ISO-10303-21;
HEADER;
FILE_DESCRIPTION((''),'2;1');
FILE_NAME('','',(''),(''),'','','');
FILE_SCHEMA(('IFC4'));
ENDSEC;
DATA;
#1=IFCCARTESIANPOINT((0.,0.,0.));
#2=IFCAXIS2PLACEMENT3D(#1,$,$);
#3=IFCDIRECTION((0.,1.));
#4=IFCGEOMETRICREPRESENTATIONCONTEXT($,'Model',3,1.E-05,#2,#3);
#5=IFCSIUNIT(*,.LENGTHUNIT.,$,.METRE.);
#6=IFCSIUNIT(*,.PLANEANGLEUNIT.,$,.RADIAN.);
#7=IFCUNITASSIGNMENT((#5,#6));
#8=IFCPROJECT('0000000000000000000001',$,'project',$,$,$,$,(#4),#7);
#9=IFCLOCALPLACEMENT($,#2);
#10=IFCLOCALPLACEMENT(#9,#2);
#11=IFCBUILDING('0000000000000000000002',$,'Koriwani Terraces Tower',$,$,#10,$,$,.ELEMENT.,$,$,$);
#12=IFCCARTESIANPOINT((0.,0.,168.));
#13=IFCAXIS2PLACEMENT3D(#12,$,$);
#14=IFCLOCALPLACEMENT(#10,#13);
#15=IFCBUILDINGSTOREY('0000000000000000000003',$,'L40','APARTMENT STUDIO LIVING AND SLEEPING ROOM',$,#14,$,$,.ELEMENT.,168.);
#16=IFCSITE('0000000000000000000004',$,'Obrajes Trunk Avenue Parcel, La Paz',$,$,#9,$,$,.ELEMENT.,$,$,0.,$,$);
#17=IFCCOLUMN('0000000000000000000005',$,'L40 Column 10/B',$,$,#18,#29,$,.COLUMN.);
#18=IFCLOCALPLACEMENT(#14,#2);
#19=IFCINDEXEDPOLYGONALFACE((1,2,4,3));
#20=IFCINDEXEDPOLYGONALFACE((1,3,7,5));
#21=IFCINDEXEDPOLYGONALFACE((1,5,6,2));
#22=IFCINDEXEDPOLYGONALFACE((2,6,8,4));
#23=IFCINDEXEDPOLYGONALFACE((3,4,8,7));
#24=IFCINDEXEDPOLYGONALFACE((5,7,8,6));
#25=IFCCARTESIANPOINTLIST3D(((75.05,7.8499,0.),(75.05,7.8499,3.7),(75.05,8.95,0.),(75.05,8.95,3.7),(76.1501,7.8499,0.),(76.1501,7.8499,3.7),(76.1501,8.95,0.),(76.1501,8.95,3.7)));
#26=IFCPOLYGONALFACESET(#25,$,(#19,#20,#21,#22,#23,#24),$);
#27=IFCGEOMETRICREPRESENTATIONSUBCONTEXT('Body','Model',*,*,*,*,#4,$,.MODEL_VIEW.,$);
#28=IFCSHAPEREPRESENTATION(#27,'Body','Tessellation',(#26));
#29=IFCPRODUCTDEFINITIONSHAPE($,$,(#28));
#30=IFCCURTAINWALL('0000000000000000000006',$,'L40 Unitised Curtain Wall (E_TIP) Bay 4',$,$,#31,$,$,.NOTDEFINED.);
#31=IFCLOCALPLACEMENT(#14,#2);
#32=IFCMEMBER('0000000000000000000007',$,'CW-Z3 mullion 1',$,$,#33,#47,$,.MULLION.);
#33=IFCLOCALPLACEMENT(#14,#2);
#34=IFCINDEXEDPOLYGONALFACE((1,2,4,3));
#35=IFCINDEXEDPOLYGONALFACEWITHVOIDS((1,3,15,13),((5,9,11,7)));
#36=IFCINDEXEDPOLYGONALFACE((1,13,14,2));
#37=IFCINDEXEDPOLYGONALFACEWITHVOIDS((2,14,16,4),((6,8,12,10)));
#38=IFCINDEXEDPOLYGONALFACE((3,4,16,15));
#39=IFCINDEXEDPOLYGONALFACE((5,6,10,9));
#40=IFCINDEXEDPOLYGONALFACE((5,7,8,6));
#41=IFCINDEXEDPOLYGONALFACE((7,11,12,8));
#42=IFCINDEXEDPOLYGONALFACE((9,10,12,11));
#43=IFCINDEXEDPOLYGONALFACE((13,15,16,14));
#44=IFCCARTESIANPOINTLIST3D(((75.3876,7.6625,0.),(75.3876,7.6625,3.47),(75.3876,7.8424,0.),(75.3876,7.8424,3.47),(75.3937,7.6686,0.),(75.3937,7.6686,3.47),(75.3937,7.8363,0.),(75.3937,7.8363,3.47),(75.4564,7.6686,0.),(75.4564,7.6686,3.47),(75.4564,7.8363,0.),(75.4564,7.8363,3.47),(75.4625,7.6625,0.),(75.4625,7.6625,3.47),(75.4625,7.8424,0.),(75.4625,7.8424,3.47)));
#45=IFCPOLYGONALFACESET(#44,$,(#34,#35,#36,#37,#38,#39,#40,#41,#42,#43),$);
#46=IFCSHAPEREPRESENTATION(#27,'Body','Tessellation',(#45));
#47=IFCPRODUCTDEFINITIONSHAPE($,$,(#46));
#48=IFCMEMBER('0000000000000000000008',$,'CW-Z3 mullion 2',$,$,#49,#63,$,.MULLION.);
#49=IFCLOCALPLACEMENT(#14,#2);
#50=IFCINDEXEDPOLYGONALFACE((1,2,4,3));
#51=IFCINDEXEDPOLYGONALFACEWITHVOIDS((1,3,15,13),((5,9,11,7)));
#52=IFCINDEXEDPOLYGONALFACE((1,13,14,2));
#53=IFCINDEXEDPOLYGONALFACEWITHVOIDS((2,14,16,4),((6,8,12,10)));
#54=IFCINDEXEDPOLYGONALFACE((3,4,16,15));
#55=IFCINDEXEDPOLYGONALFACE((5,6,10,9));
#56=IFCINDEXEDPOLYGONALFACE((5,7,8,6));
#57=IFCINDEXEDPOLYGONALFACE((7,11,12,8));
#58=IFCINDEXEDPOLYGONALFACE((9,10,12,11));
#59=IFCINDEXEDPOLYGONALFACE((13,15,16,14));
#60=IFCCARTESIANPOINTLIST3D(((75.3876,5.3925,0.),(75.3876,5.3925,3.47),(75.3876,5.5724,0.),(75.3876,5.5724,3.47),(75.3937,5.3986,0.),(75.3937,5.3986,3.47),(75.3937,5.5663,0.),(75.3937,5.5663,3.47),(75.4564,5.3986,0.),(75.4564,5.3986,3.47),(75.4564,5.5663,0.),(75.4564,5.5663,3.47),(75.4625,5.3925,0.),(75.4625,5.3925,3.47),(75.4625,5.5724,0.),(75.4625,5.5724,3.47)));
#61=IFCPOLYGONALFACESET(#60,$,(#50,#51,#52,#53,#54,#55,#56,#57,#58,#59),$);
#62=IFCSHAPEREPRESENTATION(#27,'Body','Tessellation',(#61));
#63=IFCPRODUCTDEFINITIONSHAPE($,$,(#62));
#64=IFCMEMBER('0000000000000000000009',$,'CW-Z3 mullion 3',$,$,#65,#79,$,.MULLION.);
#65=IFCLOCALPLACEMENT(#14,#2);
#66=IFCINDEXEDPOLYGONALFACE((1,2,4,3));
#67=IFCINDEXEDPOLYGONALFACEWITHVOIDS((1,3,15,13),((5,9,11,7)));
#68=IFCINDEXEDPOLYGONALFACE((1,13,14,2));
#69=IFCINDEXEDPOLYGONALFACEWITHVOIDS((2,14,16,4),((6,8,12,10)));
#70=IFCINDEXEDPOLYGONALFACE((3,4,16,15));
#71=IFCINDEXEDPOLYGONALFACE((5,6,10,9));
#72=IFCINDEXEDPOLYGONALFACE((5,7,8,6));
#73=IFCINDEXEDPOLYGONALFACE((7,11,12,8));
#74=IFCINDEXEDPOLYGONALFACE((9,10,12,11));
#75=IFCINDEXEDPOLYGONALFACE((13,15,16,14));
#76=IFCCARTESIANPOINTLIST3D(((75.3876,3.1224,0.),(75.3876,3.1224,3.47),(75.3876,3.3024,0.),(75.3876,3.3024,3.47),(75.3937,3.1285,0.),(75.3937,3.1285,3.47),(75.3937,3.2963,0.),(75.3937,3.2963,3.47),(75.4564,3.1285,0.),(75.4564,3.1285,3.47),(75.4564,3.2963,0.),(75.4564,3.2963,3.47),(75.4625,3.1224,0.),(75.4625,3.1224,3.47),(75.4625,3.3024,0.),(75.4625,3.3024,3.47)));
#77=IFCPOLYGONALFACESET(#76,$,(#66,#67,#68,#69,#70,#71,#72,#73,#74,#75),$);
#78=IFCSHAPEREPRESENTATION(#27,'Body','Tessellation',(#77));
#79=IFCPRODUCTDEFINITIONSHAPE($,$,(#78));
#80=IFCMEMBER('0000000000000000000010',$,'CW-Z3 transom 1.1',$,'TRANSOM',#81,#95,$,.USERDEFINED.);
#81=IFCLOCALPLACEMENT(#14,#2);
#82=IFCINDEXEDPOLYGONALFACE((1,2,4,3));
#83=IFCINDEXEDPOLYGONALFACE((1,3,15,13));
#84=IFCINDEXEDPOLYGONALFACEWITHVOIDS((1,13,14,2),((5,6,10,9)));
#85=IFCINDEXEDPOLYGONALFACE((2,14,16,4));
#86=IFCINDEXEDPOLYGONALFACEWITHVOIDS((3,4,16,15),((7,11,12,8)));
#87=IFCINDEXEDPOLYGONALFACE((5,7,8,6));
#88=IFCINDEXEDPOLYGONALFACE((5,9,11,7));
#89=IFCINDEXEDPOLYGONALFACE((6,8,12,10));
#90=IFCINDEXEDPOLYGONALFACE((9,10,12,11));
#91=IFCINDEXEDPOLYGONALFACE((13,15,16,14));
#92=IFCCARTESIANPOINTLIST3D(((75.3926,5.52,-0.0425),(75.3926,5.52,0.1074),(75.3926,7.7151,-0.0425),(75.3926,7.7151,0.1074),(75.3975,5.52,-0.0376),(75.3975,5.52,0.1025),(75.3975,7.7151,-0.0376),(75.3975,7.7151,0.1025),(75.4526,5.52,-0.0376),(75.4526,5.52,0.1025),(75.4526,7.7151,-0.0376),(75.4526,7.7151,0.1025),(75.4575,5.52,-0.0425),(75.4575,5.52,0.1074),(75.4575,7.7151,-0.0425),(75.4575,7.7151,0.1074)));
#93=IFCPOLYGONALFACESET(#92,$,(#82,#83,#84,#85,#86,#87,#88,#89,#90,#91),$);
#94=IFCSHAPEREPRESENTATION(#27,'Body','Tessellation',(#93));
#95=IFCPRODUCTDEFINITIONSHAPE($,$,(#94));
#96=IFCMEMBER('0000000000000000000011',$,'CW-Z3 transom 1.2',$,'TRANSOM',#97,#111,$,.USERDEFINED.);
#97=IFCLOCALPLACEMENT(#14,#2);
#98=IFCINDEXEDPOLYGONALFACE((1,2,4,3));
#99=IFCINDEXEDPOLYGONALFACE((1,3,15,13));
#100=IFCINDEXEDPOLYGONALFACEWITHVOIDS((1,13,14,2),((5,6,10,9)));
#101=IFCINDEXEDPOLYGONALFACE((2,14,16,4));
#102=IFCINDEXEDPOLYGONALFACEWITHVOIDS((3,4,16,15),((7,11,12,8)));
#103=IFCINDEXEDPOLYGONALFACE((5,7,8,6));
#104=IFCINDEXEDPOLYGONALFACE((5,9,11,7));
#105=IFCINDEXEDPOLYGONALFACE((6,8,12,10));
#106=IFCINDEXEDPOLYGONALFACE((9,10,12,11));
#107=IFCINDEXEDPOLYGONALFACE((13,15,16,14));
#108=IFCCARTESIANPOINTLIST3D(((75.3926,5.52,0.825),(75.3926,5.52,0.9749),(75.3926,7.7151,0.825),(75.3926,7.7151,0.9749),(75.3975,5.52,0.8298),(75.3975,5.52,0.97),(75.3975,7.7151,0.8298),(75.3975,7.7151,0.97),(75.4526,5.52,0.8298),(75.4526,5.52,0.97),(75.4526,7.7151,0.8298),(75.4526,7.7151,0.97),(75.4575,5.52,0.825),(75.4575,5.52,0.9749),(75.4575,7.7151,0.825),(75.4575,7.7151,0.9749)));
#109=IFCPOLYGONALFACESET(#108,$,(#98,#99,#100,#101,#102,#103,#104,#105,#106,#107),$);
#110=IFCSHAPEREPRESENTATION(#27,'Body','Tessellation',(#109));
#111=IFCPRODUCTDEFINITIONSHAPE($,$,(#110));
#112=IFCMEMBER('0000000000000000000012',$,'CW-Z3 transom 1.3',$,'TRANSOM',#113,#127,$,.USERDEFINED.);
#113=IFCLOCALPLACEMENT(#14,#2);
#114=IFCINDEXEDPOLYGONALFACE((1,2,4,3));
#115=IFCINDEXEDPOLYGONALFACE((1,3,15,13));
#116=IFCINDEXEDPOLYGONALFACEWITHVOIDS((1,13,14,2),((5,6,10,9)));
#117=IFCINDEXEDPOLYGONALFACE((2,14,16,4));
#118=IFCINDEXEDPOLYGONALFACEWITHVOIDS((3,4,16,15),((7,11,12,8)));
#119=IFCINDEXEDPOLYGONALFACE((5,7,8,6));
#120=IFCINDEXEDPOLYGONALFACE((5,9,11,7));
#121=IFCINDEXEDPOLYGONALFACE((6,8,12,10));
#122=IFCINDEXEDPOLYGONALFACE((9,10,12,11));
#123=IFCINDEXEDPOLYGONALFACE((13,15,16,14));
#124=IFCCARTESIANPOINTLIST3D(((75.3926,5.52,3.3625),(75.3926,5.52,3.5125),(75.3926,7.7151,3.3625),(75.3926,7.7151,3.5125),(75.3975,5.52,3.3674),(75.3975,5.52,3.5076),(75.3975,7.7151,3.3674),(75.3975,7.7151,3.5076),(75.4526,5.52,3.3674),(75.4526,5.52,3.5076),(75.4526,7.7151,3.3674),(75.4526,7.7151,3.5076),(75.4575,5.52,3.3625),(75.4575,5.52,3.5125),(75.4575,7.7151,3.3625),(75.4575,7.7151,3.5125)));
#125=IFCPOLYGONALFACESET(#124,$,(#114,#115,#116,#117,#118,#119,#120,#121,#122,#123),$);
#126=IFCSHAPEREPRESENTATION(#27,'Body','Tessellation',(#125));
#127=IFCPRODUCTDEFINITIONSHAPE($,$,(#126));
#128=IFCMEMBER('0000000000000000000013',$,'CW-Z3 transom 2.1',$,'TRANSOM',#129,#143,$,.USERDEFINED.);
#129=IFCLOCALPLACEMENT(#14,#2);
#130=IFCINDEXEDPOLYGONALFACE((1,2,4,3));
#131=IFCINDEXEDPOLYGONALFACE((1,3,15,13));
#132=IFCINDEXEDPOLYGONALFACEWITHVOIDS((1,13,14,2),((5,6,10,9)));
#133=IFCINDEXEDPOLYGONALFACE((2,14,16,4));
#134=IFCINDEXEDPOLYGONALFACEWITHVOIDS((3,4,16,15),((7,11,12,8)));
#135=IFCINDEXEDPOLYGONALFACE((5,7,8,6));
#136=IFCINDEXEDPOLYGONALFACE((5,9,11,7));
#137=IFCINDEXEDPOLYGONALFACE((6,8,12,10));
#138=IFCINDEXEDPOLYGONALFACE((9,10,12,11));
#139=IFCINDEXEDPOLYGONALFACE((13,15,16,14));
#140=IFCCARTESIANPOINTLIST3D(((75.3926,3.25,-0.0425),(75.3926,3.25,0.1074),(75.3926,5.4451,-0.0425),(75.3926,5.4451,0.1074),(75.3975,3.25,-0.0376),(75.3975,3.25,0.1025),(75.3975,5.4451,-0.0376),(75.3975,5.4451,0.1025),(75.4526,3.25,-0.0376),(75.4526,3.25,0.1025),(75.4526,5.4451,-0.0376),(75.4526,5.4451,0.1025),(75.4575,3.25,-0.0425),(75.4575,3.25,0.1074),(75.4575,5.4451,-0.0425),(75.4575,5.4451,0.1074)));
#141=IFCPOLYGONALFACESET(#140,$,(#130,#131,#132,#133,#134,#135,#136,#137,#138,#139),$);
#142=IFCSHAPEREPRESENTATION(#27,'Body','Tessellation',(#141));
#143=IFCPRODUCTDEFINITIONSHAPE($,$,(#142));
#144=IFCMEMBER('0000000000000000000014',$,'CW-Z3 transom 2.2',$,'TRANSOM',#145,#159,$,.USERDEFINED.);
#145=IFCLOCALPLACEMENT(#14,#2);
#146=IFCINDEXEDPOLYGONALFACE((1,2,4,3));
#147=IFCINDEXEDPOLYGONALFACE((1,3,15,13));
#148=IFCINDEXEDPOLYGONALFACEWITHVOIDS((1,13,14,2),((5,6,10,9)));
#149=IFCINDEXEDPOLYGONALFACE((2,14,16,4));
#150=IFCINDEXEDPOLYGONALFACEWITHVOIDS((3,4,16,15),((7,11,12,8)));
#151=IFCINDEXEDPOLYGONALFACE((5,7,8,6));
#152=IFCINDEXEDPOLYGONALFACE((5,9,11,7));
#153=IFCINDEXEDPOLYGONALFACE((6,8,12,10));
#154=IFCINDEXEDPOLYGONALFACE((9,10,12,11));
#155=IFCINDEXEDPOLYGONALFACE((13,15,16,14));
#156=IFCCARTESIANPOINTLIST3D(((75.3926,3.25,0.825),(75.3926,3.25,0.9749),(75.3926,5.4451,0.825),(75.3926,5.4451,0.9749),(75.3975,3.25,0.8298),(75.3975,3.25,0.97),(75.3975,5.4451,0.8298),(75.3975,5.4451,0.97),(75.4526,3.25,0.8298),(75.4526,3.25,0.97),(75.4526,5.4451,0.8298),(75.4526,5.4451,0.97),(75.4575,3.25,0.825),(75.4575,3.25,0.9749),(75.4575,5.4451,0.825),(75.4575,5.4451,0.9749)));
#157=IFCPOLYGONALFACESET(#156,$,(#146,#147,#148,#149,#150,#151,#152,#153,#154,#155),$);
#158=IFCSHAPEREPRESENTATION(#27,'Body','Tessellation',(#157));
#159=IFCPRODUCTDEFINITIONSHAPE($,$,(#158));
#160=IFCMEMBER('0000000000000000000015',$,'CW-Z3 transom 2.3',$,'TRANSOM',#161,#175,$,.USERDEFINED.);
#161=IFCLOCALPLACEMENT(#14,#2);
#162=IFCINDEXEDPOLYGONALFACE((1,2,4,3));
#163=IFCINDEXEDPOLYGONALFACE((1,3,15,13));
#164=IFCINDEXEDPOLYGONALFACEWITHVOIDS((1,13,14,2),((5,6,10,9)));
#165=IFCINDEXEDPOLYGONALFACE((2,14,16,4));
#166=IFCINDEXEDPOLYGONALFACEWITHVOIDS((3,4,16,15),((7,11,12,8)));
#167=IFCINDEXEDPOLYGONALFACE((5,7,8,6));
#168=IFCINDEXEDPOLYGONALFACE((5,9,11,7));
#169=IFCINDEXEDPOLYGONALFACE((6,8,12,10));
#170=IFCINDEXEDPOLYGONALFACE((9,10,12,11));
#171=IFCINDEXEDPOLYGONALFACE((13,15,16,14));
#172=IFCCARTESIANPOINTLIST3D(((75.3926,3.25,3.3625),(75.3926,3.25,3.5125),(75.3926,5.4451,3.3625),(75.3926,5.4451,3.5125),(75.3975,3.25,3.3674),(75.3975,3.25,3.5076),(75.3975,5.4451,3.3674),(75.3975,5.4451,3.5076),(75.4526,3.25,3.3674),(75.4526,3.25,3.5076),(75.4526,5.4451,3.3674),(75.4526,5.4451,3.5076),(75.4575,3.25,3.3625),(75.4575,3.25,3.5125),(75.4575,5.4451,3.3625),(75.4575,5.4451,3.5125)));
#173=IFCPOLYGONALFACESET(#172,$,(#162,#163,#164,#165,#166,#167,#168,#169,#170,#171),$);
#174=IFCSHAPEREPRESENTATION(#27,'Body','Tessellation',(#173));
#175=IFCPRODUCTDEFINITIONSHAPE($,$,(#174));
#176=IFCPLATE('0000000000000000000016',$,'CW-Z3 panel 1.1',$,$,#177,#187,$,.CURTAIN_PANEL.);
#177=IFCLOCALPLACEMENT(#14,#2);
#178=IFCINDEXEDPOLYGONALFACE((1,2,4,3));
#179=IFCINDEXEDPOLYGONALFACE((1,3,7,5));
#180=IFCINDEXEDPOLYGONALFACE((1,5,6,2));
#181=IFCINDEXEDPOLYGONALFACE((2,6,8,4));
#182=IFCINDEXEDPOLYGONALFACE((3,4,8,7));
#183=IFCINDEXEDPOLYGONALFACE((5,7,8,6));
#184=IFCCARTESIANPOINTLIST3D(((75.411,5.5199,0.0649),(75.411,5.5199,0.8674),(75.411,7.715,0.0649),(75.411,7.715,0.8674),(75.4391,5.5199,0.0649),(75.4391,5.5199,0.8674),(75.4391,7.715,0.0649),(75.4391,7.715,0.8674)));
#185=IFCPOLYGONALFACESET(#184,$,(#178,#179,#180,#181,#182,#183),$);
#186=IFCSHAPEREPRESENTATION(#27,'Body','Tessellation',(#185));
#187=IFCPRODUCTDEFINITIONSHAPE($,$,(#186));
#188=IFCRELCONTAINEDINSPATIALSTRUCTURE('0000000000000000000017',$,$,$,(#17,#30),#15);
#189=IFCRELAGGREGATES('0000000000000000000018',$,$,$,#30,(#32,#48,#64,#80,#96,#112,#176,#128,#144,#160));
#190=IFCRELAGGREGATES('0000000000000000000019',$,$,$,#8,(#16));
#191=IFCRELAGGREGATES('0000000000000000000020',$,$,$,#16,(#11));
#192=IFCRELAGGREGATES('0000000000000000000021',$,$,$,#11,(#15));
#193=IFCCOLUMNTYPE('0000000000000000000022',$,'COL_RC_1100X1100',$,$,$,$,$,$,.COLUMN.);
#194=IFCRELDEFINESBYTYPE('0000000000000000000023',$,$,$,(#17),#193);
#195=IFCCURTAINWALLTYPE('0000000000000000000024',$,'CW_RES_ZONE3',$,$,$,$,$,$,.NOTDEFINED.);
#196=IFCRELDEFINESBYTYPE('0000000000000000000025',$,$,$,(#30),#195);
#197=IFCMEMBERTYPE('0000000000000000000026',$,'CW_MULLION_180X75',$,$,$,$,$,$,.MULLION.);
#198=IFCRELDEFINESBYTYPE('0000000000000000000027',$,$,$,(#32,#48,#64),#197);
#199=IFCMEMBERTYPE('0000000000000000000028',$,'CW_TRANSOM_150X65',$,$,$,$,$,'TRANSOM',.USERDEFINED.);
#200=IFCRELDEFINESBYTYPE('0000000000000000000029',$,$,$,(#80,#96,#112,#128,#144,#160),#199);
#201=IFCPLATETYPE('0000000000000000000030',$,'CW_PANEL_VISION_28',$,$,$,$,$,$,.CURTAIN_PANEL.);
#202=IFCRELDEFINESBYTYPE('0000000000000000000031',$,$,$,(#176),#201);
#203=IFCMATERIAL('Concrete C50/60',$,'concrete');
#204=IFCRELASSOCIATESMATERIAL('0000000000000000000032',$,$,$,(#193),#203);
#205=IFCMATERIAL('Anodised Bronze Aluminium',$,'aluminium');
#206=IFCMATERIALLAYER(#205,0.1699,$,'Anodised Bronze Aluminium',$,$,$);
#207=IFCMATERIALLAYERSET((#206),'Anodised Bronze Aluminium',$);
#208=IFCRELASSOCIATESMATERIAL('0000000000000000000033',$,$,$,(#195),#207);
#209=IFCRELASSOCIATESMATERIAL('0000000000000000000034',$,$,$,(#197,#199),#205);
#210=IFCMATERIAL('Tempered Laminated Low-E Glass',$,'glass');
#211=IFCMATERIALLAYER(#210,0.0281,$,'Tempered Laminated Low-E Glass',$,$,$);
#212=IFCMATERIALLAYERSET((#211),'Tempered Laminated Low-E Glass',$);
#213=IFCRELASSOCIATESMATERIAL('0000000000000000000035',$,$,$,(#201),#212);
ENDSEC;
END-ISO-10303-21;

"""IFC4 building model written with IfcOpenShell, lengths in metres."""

from ifc_helpers import new_model, si_unit, direction, frame, origin, origin_2d, place, context, subcontext, project, spatial, rectangle, hollow_rectangle, extrude, material, layer, layer_set, material_profile, profile_set, type_object, element, aggregate, save


model = new_model("IFC4")

# Units and contexts
model_context = context("Model", 3, precision=1e-05, world=origin(), true_north=direction((0.0, 1.0)))
body_context = subcontext(model_context, "Body", "Model", "MODEL_VIEW")
ifc_project = project(units=[si_unit("LENGTHUNIT", "METRE"), si_unit("PLANEANGLEUNIT", "RADIAN")], contexts=[model_context])

# Site, building, storey
site_placement = place(None, origin())
site = spatial("IfcSite", under=ifc_project, at=site_placement, Name="Obrajes Trunk Avenue Parcel, La Paz", CompositionType="ELEMENT", RefElevation=0.0)
building_placement = place(site_placement, origin())
building = spatial("IfcBuilding", under=site, at=building_placement, Name="Koriwani Terraces Tower", CompositionType="ELEMENT")
storey_placement = place(building_placement, frame((0.0, 0.0, 168.0)))
storey = spatial("IfcBuildingStorey", under=building, at=storey_placement, Name="L40", Description="APARTMENT STUDIO LIVING AND SLEEPING ROOM", CompositionType="ELEMENT", Elevation=168.0)

# Column
ifc_material_1 = material(Name="Concrete C50/60", Category="concrete")
ifc_material_profile_1 = material_profile(ifc_material_1, rectangle(XDim=1.1001, YDim=1.1001, at=origin_2d()), Name="Concrete C50/60", Category="LoadBearing")
ifc_profile_set_1 = profile_set([ifc_material_profile_1], Name="Concrete C50/60")
column_type = type_object("IfcColumnType", Name="COL_RC_1100X1100", PredefinedType="COLUMN", material=ifc_profile_set_1)
column_placement = place(storey_placement, frame((75.6001, 8.3999, 0.0), z_axis=(0.0, 0.0, 1.0), x_axis=(1.0, 0.0, 0.0)))
element("IfcColumn", 1, at=column_placement, inside=storey, type_object=column_type, Name="L40 Column 10/B", PredefinedType="COLUMN", context=body_context, shape_type="SweptSolid", body=[
    extrude(rectangle(XDim=1.1001, YDim=1.1001, at=origin_2d()), origin(), (0.0, 0.0, 1.0), 3.7),
])

# Curtain wall, members, plate
ifc_material_2 = material(Name="Anodised Bronze Aluminium", Category="aluminium")
ifc_layer_1 = layer(ifc_material_2, 0.1699, Name="Anodised Bronze Aluminium")
ifc_layer_set_1 = layer_set([ifc_layer_1], Name="Anodised Bronze Aluminium")
curtain_wall_type = type_object("IfcCurtainWallType", Name="CW_RES_ZONE3", PredefinedType="NOTDEFINED", material=ifc_layer_set_1)
curtain_wall_placement = place(storey_placement, origin())
curtain_wall = element("IfcCurtainWall", 2, at=curtain_wall_placement, inside=storey, type_object=curtain_wall_type, Name="L40 Unitised Curtain Wall (E_TIP) Bay 4", PredefinedType="NOTDEFINED")
ifc_material_profile_2 = material_profile(ifc_material_2, hollow_rectangle(XDim=0.075, YDim=0.1799, WallThickness=0.0061, at=origin_2d()), Name="Anodised Bronze Aluminium", Category="LoadBearing")
ifc_profile_set_2 = profile_set([ifc_material_profile_2], Name="Anodised Bronze Aluminium")
member_type_1 = type_object("IfcMemberType", Name="CW_MULLION_180X75", PredefinedType="MULLION", material=ifc_profile_set_2)
member_1_placement = place(storey_placement, frame((75.425, 7.7524, 0.0), z_axis=(0.0, 0.0, 1.0), x_axis=(1.0, 0.0, 0.0)))
member_1 = element("IfcMember", 3, at=member_1_placement, type_object=member_type_1, Name="CW-Z3 mullion 1", PredefinedType="MULLION", context=body_context, shape_type="SweptSolid", body=[
    extrude(hollow_rectangle(XDim=0.075, YDim=0.1799, WallThickness=0.0061, at=origin_2d()), origin(), (0.0, 0.0, 1.0), 3.47),
])
member_2_placement = place(storey_placement, frame((75.425, 5.4824, 0.0), z_axis=(0.0, 0.0, 1.0), x_axis=(1.0, 0.0, 0.0)))
member_2 = element("IfcMember", 4, at=member_2_placement, type_object=member_type_1, Name="CW-Z3 mullion 2", PredefinedType="MULLION", context=body_context, shape_type="SweptSolid", body=[
    extrude(hollow_rectangle(XDim=0.075, YDim=0.1799, WallThickness=0.0061, at=origin_2d()), origin(), (0.0, 0.0, 1.0), 3.47),
])
member_3_placement = place(storey_placement, frame((75.425, 3.2124, 0.0), z_axis=(0.0, 0.0, 1.0), x_axis=(1.0, 0.0, 0.0)))
member_3 = element("IfcMember", 5, at=member_3_placement, type_object=member_type_1, Name="CW-Z3 mullion 3", PredefinedType="MULLION", context=body_context, shape_type="SweptSolid", body=[
    extrude(hollow_rectangle(XDim=0.075, YDim=0.1799, WallThickness=0.0061, at=origin_2d()), origin(), (0.0, 0.0, 1.0), 3.47),
])
ifc_material_profile_3 = material_profile(ifc_material_2, hollow_rectangle(XDim=0.0649, YDim=0.1499, WallThickness=0.0049, at=origin_2d()), Name="Anodised Bronze Aluminium", Category="LoadBearing")
ifc_profile_set_3 = profile_set([ifc_material_profile_3], Name="Anodised Bronze Aluminium")
member_type_2 = type_object("IfcMemberType", Name="CW_TRANSOM_150X65", ElementType="TRANSOM", PredefinedType="USERDEFINED", material=ifc_profile_set_3)
member_4_placement = place(storey_placement, frame((75.425, 7.7151, 0.0325), z_axis=(0.0, -1.0, 0.0), x_axis=(1.0, 0.0, 0.0)))
member_4 = element("IfcMember", 6, at=member_4_placement, type_object=member_type_2, Name="CW-Z3 transom 1.1", ObjectType="TRANSOM", PredefinedType="USERDEFINED", context=body_context, shape_type="SweptSolid", body=[
    extrude(hollow_rectangle(XDim=0.0649, YDim=0.1499, WallThickness=0.0049, at=origin_2d()), origin(), (0.0, 0.0, 1.0), 2.1951),
])
member_5_placement = place(storey_placement, frame((75.425, 7.7151, 0.8999), z_axis=(0.0, -1.0, 0.0), x_axis=(1.0, 0.0, 0.0)))
member_5 = element("IfcMember", 7, at=member_5_placement, type_object=member_type_2, Name="CW-Z3 transom 1.2", ObjectType="TRANSOM", PredefinedType="USERDEFINED", context=body_context, shape_type="SweptSolid", body=[
    extrude(hollow_rectangle(XDim=0.0649, YDim=0.1499, WallThickness=0.0049, at=origin_2d()), origin(), (0.0, 0.0, 1.0), 2.1951),
])
member_6_placement = place(storey_placement, frame((75.425, 7.7151, 3.4375), z_axis=(0.0, -1.0, 0.0), x_axis=(1.0, 0.0, 0.0)))
member_6 = element("IfcMember", 8, at=member_6_placement, type_object=member_type_2, Name="CW-Z3 transom 1.3", ObjectType="TRANSOM", PredefinedType="USERDEFINED", context=body_context, shape_type="SweptSolid", body=[
    extrude(hollow_rectangle(XDim=0.0649, YDim=0.1499, WallThickness=0.0049, at=origin_2d()), origin(), (0.0, 0.0, 1.0), 2.1951),
])
member_7_placement = place(storey_placement, frame((75.425, 5.4451, 0.0325), z_axis=(0.0, -1.0, 0.0), x_axis=(1.0, 0.0, 0.0)))
member_7 = element("IfcMember", 9, at=member_7_placement, type_object=member_type_2, Name="CW-Z3 transom 2.1", ObjectType="TRANSOM", PredefinedType="USERDEFINED", context=body_context, shape_type="SweptSolid", body=[
    extrude(hollow_rectangle(XDim=0.0649, YDim=0.1499, WallThickness=0.0049, at=origin_2d()), origin(), (0.0, 0.0, 1.0), 2.1951),
])
member_8_placement = place(storey_placement, frame((75.425, 5.4451, 0.8999), z_axis=(0.0, -1.0, 0.0), x_axis=(1.0, 0.0, 0.0)))
member_8 = element("IfcMember", 10, at=member_8_placement, type_object=member_type_2, Name="CW-Z3 transom 2.2", ObjectType="TRANSOM", PredefinedType="USERDEFINED", context=body_context, shape_type="SweptSolid", body=[
    extrude(hollow_rectangle(XDim=0.0649, YDim=0.1499, WallThickness=0.0049, at=origin_2d()), origin(), (0.0, 0.0, 1.0), 2.1951),
])
member_9_placement = place(storey_placement, frame((75.425, 5.4451, 3.4375), z_axis=(0.0, -1.0, 0.0), x_axis=(1.0, 0.0, 0.0)))
member_9 = element("IfcMember", 11, at=member_9_placement, type_object=member_type_2, Name="CW-Z3 transom 2.3", ObjectType="TRANSOM", PredefinedType="USERDEFINED", context=body_context, shape_type="SweptSolid", body=[
    extrude(hollow_rectangle(XDim=0.0649, YDim=0.1499, WallThickness=0.0049, at=origin_2d()), origin(), (0.0, 0.0, 1.0), 2.1951),
])
ifc_material_3 = material(Name="Tempered Laminated Low-E Glass", Category="glass")
ifc_layer_2 = layer(ifc_material_3, 0.0281, Name="Tempered Laminated Low-E Glass")
ifc_layer_set_2 = layer_set([ifc_layer_2], Name="Tempered Laminated Low-E Glass")
plate_type = type_object("IfcPlateType", Name="CW_PANEL_VISION_28", PredefinedType="CURTAIN_PANEL", material=ifc_layer_set_2)
plate_1_placement = place(storey_placement, frame((75.425, 6.6174, 0.0649), z_axis=(0.0, 0.0, 1.0), x_axis=(0.0, -1.0, 0.0)))
plate_1 = element("IfcPlate", 12, at=plate_1_placement, type_object=plate_type, Name="CW-Z3 panel 1.1", PredefinedType="CURTAIN_PANEL", context=body_context, shape_type="SweptSolid", body=[
    extrude(rectangle(XDim=2.1951, YDim=0.0281, at=origin_2d()), origin(), (0.0, 0.0, 1.0), 0.8025),
])
aggregate(curtain_wall, [member_1, member_2, member_3, member_4, member_5, member_6, plate_1, member_7, member_8, member_9])

save(model, "model.ifc")
